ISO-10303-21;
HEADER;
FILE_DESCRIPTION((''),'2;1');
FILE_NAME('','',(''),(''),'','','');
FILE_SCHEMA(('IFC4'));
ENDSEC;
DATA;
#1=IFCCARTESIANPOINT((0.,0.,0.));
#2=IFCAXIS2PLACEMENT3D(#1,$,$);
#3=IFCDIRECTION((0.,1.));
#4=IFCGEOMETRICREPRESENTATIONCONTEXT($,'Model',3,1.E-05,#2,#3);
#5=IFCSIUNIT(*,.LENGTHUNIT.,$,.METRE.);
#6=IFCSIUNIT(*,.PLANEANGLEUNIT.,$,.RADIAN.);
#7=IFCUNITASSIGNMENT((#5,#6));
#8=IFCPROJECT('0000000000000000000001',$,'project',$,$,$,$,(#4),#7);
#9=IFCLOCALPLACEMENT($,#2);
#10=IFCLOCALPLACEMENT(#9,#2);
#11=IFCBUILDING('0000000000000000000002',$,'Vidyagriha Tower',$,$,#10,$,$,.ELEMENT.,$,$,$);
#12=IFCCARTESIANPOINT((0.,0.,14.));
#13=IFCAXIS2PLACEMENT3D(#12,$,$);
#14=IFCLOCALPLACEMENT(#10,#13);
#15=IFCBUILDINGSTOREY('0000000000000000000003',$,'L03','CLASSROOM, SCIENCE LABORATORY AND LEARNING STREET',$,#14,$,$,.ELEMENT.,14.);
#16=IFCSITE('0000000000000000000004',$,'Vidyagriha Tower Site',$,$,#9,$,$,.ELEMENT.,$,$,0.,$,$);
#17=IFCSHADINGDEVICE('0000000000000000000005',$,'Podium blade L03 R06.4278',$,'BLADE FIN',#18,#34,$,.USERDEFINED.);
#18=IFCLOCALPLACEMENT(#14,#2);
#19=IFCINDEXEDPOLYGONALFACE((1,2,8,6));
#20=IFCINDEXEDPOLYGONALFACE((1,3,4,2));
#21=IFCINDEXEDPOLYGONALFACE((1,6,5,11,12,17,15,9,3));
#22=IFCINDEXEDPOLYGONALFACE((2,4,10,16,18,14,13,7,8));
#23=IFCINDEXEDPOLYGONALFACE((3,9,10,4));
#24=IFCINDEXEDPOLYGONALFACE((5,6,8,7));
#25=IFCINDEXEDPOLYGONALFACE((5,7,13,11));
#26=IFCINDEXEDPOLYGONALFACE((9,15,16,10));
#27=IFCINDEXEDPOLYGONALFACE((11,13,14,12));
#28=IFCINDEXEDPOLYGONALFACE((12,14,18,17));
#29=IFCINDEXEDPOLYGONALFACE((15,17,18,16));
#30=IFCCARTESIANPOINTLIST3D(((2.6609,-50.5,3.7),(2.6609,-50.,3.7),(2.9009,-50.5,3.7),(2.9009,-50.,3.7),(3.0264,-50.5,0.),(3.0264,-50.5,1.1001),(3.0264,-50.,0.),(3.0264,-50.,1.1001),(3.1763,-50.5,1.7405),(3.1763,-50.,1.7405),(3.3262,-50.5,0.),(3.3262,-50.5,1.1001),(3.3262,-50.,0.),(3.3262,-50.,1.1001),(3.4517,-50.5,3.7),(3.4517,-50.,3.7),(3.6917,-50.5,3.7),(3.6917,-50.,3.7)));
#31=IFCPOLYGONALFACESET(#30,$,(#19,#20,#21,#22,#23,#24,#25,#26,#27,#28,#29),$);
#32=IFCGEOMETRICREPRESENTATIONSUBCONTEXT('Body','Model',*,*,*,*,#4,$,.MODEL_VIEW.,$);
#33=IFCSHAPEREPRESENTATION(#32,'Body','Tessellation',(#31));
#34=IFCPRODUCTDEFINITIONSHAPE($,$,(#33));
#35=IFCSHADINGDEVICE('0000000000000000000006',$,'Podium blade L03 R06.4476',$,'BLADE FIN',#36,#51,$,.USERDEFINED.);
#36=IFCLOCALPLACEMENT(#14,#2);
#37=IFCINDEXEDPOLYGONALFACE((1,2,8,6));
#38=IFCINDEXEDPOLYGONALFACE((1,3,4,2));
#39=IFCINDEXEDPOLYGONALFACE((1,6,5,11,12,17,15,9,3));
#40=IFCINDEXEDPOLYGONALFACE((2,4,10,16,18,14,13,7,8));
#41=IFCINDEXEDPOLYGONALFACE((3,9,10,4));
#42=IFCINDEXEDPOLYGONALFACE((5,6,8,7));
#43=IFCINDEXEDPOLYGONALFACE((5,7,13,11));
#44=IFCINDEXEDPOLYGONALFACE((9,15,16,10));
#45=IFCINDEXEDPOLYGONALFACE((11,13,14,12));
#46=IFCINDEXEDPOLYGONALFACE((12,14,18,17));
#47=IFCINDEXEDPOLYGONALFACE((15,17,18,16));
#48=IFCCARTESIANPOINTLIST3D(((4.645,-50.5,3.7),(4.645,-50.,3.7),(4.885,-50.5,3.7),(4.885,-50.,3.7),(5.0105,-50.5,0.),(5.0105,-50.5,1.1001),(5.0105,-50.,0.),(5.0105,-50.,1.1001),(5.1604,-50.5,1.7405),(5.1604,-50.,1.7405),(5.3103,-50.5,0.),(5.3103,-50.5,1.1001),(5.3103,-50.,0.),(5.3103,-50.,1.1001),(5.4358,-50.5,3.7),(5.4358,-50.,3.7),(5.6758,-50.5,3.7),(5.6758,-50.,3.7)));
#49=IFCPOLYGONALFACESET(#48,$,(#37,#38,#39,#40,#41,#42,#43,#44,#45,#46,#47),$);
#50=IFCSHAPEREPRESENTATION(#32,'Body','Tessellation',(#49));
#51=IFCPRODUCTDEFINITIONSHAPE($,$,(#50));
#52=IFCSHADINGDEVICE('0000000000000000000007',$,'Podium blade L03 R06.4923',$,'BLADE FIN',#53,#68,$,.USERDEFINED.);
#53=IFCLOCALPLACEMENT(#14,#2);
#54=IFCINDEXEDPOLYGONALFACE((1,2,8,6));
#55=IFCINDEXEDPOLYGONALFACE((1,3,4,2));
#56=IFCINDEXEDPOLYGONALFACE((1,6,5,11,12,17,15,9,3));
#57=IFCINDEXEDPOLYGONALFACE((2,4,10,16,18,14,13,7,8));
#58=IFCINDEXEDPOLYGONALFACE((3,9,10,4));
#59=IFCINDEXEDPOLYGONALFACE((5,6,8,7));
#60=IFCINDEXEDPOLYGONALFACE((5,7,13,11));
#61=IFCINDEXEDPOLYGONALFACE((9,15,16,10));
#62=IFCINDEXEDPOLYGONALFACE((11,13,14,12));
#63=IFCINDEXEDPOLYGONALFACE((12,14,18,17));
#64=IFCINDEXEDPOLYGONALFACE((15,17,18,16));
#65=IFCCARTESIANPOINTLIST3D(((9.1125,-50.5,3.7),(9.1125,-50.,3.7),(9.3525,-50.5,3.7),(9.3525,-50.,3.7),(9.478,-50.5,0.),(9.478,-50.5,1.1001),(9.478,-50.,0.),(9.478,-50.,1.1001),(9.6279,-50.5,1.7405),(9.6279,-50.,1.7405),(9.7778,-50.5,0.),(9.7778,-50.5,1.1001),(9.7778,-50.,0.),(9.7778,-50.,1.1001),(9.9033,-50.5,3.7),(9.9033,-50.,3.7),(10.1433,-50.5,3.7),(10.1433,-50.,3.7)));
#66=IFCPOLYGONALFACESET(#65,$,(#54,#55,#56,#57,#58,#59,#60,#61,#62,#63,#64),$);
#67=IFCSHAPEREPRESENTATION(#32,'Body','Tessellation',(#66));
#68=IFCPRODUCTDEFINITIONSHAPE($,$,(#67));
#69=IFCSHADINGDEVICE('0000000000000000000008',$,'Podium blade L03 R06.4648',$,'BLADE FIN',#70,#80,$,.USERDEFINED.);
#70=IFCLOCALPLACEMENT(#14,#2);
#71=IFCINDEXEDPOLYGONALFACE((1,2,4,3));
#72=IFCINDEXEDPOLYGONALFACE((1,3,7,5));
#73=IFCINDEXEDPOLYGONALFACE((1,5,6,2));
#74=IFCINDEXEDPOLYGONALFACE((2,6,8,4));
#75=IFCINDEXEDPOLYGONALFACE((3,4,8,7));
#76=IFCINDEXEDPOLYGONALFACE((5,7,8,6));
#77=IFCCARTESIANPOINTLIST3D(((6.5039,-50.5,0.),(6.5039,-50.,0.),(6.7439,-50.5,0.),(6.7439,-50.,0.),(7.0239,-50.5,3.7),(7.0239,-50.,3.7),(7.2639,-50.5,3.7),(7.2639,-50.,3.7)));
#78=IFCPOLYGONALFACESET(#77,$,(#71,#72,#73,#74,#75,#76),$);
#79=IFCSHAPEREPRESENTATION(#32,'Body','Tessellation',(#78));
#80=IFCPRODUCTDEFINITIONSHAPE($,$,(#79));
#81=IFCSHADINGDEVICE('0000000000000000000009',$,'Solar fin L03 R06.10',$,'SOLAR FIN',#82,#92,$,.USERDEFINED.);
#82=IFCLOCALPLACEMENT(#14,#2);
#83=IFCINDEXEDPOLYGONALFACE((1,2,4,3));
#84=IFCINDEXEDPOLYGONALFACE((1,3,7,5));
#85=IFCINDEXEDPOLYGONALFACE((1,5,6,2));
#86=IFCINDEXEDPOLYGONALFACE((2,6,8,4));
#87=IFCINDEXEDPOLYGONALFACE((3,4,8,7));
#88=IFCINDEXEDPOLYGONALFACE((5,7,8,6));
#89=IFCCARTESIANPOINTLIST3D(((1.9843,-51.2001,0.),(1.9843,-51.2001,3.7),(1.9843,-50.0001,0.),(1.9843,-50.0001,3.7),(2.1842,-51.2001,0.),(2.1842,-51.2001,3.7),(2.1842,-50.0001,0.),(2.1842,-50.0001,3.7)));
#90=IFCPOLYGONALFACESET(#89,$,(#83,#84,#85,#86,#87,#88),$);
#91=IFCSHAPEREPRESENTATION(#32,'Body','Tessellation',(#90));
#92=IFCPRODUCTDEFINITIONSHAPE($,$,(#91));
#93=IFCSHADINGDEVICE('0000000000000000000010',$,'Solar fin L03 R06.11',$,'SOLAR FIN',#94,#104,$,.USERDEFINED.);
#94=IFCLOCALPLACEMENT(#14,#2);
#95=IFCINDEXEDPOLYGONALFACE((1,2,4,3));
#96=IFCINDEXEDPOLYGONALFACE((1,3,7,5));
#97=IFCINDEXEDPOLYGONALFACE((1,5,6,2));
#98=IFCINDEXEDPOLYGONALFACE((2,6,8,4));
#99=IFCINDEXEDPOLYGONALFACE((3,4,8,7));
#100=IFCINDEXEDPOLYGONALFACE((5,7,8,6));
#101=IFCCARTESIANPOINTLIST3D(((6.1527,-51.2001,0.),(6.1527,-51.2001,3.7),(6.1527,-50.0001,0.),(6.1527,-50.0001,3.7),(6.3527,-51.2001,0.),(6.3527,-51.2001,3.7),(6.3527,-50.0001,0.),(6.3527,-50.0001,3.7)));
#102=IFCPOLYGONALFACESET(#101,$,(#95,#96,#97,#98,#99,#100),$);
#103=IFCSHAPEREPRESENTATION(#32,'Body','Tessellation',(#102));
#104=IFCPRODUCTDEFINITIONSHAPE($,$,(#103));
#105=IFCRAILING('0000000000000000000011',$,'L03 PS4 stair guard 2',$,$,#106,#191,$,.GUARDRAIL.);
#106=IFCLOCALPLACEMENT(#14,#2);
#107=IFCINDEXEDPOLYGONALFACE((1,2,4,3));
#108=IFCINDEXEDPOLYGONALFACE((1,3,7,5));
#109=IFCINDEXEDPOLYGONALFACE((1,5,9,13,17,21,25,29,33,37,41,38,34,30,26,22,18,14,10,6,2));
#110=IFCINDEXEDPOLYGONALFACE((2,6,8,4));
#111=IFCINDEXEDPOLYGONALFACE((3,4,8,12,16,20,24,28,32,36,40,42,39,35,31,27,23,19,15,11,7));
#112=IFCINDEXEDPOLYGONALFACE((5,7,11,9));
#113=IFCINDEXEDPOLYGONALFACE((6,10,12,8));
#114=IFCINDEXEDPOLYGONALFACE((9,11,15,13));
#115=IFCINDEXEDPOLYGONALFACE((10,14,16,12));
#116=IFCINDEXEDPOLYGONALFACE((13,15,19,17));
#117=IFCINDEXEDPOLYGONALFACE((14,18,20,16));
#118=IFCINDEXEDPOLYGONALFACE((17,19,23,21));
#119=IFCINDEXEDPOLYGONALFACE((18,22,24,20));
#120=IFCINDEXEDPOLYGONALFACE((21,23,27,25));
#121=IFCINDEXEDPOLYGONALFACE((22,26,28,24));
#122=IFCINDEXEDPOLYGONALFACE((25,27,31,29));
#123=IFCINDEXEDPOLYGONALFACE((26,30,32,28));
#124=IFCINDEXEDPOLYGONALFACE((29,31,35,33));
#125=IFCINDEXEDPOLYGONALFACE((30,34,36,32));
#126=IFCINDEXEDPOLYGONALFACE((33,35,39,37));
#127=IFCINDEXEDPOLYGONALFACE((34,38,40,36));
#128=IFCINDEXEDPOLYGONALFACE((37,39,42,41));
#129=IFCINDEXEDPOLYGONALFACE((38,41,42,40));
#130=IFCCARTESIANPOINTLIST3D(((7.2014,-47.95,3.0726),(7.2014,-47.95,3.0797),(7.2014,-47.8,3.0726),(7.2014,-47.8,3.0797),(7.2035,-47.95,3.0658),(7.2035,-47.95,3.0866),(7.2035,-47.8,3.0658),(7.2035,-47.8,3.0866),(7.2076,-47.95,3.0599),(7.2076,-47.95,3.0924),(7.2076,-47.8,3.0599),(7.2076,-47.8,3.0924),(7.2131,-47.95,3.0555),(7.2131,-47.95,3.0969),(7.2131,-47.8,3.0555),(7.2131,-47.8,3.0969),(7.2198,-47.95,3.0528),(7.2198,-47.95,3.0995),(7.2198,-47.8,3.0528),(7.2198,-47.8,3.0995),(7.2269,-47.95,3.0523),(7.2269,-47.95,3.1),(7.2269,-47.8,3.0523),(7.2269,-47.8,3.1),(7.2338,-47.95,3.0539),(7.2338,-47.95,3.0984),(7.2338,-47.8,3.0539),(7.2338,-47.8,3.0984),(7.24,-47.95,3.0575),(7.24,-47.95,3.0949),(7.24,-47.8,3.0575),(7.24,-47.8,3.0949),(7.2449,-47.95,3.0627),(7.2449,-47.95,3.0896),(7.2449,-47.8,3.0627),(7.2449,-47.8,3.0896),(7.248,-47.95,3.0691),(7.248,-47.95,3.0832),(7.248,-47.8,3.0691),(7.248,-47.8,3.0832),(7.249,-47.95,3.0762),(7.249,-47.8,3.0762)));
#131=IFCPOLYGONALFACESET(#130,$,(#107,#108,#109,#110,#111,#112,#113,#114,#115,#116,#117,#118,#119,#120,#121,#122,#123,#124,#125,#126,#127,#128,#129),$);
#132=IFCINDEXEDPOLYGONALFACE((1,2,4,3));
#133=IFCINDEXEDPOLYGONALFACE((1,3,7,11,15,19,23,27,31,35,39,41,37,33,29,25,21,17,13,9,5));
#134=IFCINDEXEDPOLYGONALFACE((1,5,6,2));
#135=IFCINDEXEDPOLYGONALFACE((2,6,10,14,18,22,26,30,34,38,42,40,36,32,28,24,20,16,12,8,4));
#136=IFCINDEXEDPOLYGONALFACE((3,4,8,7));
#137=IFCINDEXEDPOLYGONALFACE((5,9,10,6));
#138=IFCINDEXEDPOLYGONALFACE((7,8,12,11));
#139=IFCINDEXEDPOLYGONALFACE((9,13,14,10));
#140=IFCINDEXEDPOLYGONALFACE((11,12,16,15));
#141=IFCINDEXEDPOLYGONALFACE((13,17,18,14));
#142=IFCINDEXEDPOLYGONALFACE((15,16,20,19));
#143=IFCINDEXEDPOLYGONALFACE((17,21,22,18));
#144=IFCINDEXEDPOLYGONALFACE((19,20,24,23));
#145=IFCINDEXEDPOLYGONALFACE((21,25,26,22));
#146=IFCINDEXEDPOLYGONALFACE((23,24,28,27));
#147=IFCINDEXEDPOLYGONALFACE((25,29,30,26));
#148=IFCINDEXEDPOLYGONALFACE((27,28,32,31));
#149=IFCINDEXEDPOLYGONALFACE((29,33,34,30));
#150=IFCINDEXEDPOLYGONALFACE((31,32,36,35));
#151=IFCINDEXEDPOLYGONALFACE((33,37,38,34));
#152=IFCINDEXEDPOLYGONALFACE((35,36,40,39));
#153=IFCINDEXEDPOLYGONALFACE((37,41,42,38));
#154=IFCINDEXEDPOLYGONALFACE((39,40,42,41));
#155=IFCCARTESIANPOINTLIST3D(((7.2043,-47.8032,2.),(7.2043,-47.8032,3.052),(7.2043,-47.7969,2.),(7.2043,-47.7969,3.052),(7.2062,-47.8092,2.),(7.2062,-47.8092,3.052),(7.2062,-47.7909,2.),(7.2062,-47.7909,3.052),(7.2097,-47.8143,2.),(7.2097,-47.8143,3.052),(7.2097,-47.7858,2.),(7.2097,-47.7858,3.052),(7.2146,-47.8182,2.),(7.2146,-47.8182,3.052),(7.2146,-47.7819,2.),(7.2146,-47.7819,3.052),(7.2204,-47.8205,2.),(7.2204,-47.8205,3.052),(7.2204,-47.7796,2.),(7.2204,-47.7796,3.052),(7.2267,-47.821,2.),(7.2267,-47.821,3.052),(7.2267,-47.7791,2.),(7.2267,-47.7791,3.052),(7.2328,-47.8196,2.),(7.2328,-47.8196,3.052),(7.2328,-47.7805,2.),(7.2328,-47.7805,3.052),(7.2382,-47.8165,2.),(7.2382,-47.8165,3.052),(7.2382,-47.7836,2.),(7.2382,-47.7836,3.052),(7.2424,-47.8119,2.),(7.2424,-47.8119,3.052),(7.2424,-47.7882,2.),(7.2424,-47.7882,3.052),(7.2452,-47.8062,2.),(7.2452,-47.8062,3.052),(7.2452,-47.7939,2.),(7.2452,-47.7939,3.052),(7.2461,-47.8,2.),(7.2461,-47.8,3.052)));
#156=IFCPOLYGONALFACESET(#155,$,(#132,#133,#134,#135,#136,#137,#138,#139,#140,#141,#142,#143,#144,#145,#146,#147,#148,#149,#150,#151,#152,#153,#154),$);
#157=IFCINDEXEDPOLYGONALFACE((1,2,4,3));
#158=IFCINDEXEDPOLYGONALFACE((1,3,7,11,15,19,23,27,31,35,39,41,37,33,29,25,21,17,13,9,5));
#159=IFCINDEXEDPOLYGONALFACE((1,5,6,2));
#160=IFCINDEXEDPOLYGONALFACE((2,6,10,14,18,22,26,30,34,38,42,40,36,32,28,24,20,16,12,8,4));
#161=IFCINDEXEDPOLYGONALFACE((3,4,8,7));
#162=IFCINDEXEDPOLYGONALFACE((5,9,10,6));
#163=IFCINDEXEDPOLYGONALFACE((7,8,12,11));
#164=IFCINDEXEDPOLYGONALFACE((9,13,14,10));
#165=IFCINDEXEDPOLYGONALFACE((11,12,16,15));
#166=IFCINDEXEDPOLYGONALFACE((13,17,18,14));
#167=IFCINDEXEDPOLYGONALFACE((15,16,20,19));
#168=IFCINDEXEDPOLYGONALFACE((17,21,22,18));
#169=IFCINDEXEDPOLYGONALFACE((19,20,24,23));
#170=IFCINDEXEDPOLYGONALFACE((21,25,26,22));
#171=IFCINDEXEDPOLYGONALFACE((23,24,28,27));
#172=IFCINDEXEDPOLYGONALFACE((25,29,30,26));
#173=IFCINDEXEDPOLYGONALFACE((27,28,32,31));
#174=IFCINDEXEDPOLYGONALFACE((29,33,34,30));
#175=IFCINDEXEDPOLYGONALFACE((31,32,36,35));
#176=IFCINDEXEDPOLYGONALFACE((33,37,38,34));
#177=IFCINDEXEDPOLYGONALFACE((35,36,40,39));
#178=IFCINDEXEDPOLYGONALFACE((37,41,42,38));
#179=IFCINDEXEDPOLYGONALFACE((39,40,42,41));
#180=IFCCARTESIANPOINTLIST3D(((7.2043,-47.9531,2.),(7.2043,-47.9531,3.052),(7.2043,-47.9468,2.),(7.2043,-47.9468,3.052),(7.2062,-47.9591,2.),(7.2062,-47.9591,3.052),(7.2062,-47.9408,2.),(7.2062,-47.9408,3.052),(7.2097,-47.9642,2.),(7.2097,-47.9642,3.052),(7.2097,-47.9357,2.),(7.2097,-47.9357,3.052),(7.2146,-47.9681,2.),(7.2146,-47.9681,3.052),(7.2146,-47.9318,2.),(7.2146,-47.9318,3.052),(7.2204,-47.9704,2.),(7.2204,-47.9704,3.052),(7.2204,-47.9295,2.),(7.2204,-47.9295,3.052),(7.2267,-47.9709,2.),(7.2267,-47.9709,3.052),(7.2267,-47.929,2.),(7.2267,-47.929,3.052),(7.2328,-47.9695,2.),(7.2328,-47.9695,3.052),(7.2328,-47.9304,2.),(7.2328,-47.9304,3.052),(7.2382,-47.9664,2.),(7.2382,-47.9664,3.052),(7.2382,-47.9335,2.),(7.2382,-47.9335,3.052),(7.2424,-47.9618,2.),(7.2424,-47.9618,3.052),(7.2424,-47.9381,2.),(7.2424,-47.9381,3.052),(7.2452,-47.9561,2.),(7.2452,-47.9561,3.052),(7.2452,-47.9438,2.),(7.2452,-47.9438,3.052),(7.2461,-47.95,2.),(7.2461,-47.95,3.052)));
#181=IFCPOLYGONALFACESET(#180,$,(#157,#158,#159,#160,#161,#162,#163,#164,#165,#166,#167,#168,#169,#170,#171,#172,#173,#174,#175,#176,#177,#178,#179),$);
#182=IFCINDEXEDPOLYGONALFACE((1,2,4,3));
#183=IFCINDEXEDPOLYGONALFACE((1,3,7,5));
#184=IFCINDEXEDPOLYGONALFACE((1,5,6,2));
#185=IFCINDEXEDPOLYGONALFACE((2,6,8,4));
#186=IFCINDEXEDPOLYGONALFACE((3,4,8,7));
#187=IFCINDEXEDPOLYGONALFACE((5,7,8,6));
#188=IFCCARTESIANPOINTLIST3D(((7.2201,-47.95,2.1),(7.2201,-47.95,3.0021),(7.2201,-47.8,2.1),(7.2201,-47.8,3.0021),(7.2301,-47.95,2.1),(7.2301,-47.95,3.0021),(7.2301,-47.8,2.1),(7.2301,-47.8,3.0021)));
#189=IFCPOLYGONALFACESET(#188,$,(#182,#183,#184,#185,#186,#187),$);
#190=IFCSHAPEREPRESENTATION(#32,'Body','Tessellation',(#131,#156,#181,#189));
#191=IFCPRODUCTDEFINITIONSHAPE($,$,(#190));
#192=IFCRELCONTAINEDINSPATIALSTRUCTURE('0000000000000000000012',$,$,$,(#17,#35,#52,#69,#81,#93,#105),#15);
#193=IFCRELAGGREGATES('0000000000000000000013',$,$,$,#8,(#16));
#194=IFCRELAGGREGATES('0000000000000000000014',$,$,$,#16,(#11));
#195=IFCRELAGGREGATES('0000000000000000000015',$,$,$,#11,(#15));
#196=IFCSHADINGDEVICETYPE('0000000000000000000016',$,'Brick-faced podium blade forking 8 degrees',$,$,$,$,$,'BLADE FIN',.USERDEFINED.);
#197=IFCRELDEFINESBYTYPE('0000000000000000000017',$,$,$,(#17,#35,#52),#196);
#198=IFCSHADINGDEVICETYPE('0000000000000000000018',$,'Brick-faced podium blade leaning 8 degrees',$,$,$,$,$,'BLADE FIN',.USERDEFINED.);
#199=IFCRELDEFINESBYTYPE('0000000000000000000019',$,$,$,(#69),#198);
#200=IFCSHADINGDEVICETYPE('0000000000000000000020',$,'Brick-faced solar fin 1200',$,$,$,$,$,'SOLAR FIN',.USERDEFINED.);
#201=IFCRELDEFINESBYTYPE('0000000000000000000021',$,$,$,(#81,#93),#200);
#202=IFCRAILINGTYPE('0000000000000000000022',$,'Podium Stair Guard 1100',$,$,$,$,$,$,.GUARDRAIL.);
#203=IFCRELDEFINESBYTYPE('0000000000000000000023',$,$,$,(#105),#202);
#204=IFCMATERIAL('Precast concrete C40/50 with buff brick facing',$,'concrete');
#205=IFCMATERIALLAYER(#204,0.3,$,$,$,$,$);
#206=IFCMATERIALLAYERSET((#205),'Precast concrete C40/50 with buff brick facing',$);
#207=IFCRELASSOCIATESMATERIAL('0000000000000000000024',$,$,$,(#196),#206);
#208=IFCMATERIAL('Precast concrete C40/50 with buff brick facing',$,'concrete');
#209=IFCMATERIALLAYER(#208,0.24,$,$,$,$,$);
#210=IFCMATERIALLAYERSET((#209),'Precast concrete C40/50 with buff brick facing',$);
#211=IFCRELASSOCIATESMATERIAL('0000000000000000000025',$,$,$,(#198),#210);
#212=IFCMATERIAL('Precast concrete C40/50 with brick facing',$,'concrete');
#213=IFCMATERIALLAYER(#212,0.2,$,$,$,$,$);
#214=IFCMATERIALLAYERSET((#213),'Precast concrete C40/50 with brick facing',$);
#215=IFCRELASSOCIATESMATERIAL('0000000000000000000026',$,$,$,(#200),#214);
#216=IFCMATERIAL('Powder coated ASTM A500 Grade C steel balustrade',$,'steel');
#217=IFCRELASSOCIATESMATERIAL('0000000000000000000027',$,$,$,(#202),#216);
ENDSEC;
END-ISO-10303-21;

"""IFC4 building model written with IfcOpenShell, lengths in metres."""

from ifc_helpers import new_model, si_unit, direction, frame, frame_2d, origin, origin_2d, place, context, subcontext, project, spatial, polyline, rectangle, circle, outline, extrude, material, layer, layer_set, type_object, element, save


model = new_model("IFC4")

# Units and contexts
model_context = context("Model", 3, precision=1e-05, world=origin(), true_north=direction((0.0, 1.0)))
body_context = subcontext(model_context, "Body", "Model", "MODEL_VIEW")
ifc_project = project(units=[si_unit("LENGTHUNIT", "METRE"), si_unit("PLANEANGLEUNIT", "RADIAN")], contexts=[model_context])

# Site, building, storey
site_placement = place(None, origin())
site = spatial("IfcSite", under=ifc_project, at=site_placement, Name="Vidyagriha Tower Site", CompositionType="ELEMENT", RefElevation=0.0)
building_placement = place(site_placement, origin())
building = spatial("IfcBuilding", under=site, at=building_placement, Name="Vidyagriha Tower", CompositionType="ELEMENT")
storey_placement = place(building_placement, frame((0.0, 0.0, 14.0)))
storey = spatial("IfcBuildingStorey", under=building, at=storey_placement, Name="L03", Description="CLASSROOM, SCIENCE LABORATORY AND LEARNING STREET", CompositionType="ELEMENT", Elevation=14.0)

# Shading devices
ifc_material_1 = material(Name="Precast concrete C40/50 with buff brick facing", Category="concrete")
ifc_layer_1 = layer(ifc_material_1, 0.3)
ifc_layer_set_1 = layer_set([ifc_layer_1], Name="Precast concrete C40/50 with buff brick facing")
shading_device_type_1 = type_object("IfcShadingDeviceType", Name="Brick-faced podium blade forking 8 degrees", ElementType="BLADE FIN", PredefinedType="USERDEFINED", material=ifc_layer_set_1)
for number, where, name in (
    (1, (2.6609, -50.25, 0.0), "Podium blade L03 R06.4278"),
    (2, (4.645, -50.25, 0.0), "Podium blade L03 R06.4476"),
    (3, (9.1125, -50.25, 0.0), "Podium blade L03 R06.4923"),
):
    element("IfcShadingDevice", number, at=place(storey_placement, frame(where)), inside=storey, type_object=shading_device_type_1, Name=name, ObjectType="BLADE FIN", PredefinedType="USERDEFINED", context=body_context, shape_type="SweptSolid", body=[
        extrude(outline(polyline([(0.6653, 0.0), (0.6653, 1.1001), (1.0308, 3.7), (0.7908, 3.7), (0.5154, 1.7405), (0.24, 3.7), (0.0, 3.7), (0.3655, 1.1001), (0.3655, 0.0), (0.6653, 0.0)])), frame((0.0, 0.25, 0.0), z_axis=(0.0, -1.0, 0.0), x_axis=(1.0, 0.0, 0.0)), (0.0, 0.0, 1.0), 0.5),
    ])
ifc_material_2 = material(Name="Precast concrete C40/50 with buff brick facing", Category="concrete")
ifc_layer_2 = layer(ifc_material_2, 0.24)
ifc_layer_set_2 = layer_set([ifc_layer_2], Name="Precast concrete C40/50 with buff brick facing")
shading_device_type_2 = type_object("IfcShadingDeviceType", Name="Brick-faced podium blade leaning 8 degrees", ElementType="BLADE FIN", PredefinedType="USERDEFINED", material=ifc_layer_set_2)
shading_device_1_placement = place(storey_placement, frame((6.5039, -50.25, 0.0)))
element("IfcShadingDevice", 4, at=shading_device_1_placement, inside=storey, type_object=shading_device_type_2, Name="Podium blade L03 R06.4648", ObjectType="BLADE FIN", PredefinedType="USERDEFINED", context=body_context, shape_type="SweptSolid", body=[
    extrude(outline(polyline([(0.0, 0.0), (0.24, 0.0), (0.76, 3.7), (0.52, 3.7), (0.0, 0.0)])), frame((0.0, 0.25, 0.0), z_axis=(0.0, -1.0, 0.0), x_axis=(1.0, 0.0, 0.0)), (0.0, 0.0, 1.0), 0.5),
])
ifc_material_3 = material(Name="Precast concrete C40/50 with brick facing", Category="concrete")
ifc_layer_3 = layer(ifc_material_3, 0.2)
ifc_layer_set_3 = layer_set([ifc_layer_3], Name="Precast concrete C40/50 with brick facing")
shading_device_type_3 = type_object("IfcShadingDeviceType", Name="Brick-faced solar fin 1200", ElementType="SOLAR FIN", PredefinedType="USERDEFINED", material=ifc_layer_set_3)
for number, where, z_axis, x_axis, name in (
    (5, (2.0842, -50.0, 0.0), (0.0, 0.0, 1.0), (0.0, -1.0, 0.0), "Solar fin L03 R06.10"),
    (6, (6.2527, -50.0, 0.0), (0.0, 0.0, 1.0), (0.0, -1.0, 0.0), "Solar fin L03 R06.11"),
):
    element("IfcShadingDevice", number, at=place(storey_placement, frame(where, z_axis=z_axis, x_axis=x_axis)), inside=storey, type_object=shading_device_type_3, Name=name, ObjectType="SOLAR FIN", PredefinedType="USERDEFINED", context=body_context, shape_type="SweptSolid", body=[
        extrude(rectangle(XDim=1.2, YDim=0.2, at=frame_2d((0.6001, 0.0))), origin(), (0.0, 0.0, 1.0), 3.7),
    ])

# Railing
ifc_material_4 = material(Name="Powder coated ASTM A500 Grade C steel balustrade", Category="steel")
railing_type_1 = type_object("IfcRailingType", Name="Podium Stair Guard 1100", PredefinedType="GUARDRAIL", material=ifc_material_4)
railing_1_placement = place(storey_placement, frame((7.2251, -47.8, 2.0)))
element("IfcRailing", 7, at=railing_1_placement, inside=storey, type_object=railing_type_1, Name="L03 PS4 stair guard 2", PredefinedType="GUARDRAIL", context=body_context, shape_type="SweptSolid", body=[
    extrude(circle(Radius=0.0239, at=origin_2d()), frame((0.0, 0.0, 1.0762), z_axis=(0.0, -1.0, 0.0), x_axis=(1.0, 0.0, 0.0)), (0.0, 0.0, 1.0), 0.1499),
    extrude(circle(Radius=0.021, at=origin_2d()), origin(), (0.0, 0.0, 1.0), 1.052),
    extrude(circle(Radius=0.021, at=origin_2d()), frame((0.0, -0.1499, 0.0)), (0.0, 0.0, 1.0), 1.052),
    extrude(rectangle(XDim=0.01, YDim=0.9021, at=origin_2d()), frame((0.0, 0.0, 0.551), z_axis=(0.0, -1.0, 0.0), x_axis=(1.0, 0.0, 0.0)), (0.0, 0.0, 1.0), 0.1499),
])

save(model, "model.ifc")
